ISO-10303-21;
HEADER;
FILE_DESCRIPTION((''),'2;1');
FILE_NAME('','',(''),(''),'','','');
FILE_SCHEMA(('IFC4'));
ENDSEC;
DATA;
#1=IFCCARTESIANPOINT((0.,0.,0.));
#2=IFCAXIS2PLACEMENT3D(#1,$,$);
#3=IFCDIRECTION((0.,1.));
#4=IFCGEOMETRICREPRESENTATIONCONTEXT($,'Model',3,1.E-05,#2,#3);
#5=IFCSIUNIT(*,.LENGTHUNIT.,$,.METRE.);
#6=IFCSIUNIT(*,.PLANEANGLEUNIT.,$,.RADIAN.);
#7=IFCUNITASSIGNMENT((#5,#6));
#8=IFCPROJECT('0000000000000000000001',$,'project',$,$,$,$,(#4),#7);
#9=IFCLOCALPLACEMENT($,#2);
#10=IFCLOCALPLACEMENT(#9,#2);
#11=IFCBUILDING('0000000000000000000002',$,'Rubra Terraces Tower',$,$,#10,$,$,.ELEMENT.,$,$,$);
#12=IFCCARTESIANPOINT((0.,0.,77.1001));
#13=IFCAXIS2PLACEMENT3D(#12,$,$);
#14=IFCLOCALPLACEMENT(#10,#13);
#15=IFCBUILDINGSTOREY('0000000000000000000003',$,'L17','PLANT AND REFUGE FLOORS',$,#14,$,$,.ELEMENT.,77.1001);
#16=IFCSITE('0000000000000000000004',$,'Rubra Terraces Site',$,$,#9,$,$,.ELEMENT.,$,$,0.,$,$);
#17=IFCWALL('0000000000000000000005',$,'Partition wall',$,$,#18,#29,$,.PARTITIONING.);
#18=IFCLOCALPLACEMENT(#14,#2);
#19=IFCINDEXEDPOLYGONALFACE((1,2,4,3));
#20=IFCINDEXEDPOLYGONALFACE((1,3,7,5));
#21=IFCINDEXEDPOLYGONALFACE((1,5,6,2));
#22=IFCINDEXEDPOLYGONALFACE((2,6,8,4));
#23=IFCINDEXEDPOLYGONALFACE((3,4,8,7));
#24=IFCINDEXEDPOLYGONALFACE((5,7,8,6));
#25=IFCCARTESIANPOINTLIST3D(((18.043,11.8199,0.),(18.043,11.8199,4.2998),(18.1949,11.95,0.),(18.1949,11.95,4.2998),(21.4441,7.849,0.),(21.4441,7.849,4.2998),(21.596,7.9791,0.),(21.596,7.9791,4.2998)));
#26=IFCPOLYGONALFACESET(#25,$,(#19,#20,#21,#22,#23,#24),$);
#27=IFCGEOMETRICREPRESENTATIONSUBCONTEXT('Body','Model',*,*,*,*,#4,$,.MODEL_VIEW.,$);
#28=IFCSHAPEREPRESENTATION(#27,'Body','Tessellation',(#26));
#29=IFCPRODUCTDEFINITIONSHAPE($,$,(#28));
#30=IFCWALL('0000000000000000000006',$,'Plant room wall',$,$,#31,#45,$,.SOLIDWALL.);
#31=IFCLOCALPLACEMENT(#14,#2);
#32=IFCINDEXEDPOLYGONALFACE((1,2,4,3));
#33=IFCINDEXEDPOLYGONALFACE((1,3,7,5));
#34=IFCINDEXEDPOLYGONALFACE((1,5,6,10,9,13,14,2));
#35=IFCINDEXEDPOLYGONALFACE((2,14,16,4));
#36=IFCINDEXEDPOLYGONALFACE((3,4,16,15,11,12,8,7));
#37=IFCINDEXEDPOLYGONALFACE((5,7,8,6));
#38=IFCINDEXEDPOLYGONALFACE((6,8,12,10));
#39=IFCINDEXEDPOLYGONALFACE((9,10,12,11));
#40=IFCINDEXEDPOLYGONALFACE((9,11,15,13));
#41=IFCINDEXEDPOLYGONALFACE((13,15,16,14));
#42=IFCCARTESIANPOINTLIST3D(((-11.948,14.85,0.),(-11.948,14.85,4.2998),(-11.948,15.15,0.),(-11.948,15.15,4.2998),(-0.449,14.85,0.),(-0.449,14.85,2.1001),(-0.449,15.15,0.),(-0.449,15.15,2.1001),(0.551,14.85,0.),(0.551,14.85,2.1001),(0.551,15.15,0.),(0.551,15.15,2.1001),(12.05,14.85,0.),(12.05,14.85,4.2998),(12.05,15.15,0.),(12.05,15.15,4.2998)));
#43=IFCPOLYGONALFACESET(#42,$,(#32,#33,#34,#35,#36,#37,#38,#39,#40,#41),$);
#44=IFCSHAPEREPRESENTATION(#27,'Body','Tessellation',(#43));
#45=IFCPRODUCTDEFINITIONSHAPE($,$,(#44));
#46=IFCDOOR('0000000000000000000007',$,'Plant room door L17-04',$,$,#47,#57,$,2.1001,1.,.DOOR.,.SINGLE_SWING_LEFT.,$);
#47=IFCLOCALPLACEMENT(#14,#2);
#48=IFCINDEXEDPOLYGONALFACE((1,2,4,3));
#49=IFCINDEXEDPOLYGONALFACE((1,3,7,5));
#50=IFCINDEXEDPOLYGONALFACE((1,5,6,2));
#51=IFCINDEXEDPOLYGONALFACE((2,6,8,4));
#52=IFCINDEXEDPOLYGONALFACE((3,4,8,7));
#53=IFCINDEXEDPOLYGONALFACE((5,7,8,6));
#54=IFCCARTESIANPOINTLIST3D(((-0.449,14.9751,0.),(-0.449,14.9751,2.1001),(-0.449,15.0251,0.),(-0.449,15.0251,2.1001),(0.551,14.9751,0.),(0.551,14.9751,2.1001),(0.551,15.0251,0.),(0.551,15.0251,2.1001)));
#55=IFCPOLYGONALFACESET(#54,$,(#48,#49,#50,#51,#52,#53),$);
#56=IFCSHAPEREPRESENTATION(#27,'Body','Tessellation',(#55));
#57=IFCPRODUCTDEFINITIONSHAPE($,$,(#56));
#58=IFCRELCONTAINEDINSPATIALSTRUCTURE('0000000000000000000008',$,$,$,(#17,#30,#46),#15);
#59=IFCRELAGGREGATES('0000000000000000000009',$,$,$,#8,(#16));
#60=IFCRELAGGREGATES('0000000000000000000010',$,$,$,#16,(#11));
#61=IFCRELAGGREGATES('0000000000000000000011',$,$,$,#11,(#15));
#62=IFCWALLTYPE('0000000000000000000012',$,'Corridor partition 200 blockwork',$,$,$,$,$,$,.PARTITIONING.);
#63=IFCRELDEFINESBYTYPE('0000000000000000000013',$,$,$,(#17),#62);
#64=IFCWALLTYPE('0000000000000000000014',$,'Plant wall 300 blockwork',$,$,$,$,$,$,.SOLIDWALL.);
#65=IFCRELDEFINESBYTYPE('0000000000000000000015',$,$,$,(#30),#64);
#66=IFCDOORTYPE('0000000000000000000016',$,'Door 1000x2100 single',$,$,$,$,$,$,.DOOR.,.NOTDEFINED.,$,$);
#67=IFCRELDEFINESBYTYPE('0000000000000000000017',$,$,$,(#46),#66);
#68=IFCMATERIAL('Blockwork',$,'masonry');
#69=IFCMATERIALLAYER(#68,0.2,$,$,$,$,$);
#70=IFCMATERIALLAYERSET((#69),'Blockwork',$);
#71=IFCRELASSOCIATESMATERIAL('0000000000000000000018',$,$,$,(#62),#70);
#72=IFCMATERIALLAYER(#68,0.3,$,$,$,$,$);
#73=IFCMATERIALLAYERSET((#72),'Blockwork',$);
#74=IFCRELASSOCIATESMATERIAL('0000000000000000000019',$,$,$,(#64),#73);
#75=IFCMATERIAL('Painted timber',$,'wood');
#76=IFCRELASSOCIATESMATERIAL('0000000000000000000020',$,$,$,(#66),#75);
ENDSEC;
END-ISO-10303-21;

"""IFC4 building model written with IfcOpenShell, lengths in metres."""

from ifc_helpers import new_model, si_unit, direction, frame, frame_2d, origin, place, context, subcontext, project, spatial, rectangle, extrude, material, layer, layer_set, type_object, element, fill, save


model = new_model("IFC4")

# Units and contexts
model_context = context("Model", 3, precision=1e-05, world=origin(), true_north=direction((0.0, 1.0)))
body_context = subcontext(model_context, "Body", "Model", "MODEL_VIEW")
ifc_project = project(units=[si_unit("LENGTHUNIT", "METRE"), si_unit("PLANEANGLEUNIT", "RADIAN")], contexts=[model_context])

# Site, building, storey
site_placement = place(None, origin())
site = spatial("IfcSite", under=ifc_project, at=site_placement, Name="Rubra Terraces Site", CompositionType="ELEMENT", RefElevation=0.0)
building_placement = place(site_placement, origin())
building = spatial("IfcBuilding", under=site, at=building_placement, Name="Rubra Terraces Tower", CompositionType="ELEMENT")
storey_placement = place(building_placement, frame((0.0, 0.0, 77.1001)))
storey = spatial("IfcBuildingStorey", under=building, at=storey_placement, Name="L17", Description="PLANT AND REFUGE FLOORS", CompositionType="ELEMENT", Elevation=77.1001)

# Wall
ifc_material_1 = material(Name="Blockwork", Category="masonry")
ifc_layer_1 = layer(ifc_material_1, 0.2)
ifc_layer_set_1 = layer_set([ifc_layer_1], Name="Blockwork")
wall_type_1 = type_object("IfcWallType", Name="Corridor partition 200 blockwork", PredefinedType="PARTITIONING", material=ifc_layer_set_1)
wall_1_placement = place(storey_placement, frame((18.1189, 11.885, 0.0), z_axis=(0.0, 0.0, 1.0), x_axis=(0.650511, -0.759497, 0.0)))
element("IfcWall", 1, at=wall_1_placement, inside=storey, type_object=wall_type_1, Name="Partition wall", PredefinedType="PARTITIONING", context=body_context, shape_type="SweptSolid", body=[
    extrude(rectangle(XDim=5.2283, YDim=0.2, at=frame_2d((2.6143, 0.0))), origin(), (0.0, 0.0, 1.0), 4.2998),
])

# Wall, opening, door
ifc_layer_2 = layer(ifc_material_1, 0.3)
ifc_layer_set_2 = layer_set([ifc_layer_2], Name="Blockwork")
wall_type_2 = type_object("IfcWallType", Name="Plant wall 300 blockwork", PredefinedType="SOLIDWALL", material=ifc_layer_set_2)
wall_2_placement = place(storey_placement, frame((12.05, 15.0, 0.0), z_axis=(0.0, 0.0, 1.0), x_axis=(-1.0, 0.0, 0.0)))
wall_2 = element("IfcWall", 2, at=wall_2_placement, inside=storey, type_object=wall_type_2, Name="Plant room wall", PredefinedType="SOLIDWALL", context=body_context, shape_type="SweptSolid", body=[
    extrude(rectangle(XDim=23.998, YDim=0.3, at=frame_2d((11.999, 0.0))), origin(), (0.0, 0.0, 1.0), 4.2998),
])
opening_1_placement = place(wall_2_placement, frame((11.499, 0.0, 0.0)))
opening_1 = element("IfcOpeningElement", 3, at=opening_1_placement, cuts=wall_2, PredefinedType="OPENING", context=body_context, shape_type="SweptSolid", body=[
    extrude(rectangle(XDim=1.0, YDim=2.1001, at=frame_2d((0.5, 1.05))), frame((0.0, 0.1599, 0.0), z_axis=(0.0, -1.0, 0.0), x_axis=(1.0, 0.0, 0.0)), (0.0, 0.0, 1.0), 0.3201),
])
ifc_material_2 = material(Name="Painted timber", Category="wood")
door_type = type_object("IfcDoorType", Name="Door 1000x2100 single", OperationType="NOTDEFINED", PredefinedType="DOOR", material=ifc_material_2)
door_placement = place(opening_1_placement, origin())
door = element("IfcDoor", 4, at=door_placement, inside=storey, type_object=door_type, Name="Plant room door L17-04", OperationType="SINGLE_SWING_LEFT", OverallHeight=2.1001, OverallWidth=1.0, PredefinedType="DOOR", context=body_context, shape_type="SweptSolid", body=[
    extrude(rectangle(XDim=1.0, YDim=2.1001, at=frame_2d((0.5, 1.05))), frame((0.0, 0.0249, 0.0), z_axis=(0.0, -1.0, 0.0), x_axis=(1.0, 0.0, 0.0)), (0.0, 0.0, 1.0), 0.05),
])
fill(opening_1, door)

save(model, "model.ifc")
